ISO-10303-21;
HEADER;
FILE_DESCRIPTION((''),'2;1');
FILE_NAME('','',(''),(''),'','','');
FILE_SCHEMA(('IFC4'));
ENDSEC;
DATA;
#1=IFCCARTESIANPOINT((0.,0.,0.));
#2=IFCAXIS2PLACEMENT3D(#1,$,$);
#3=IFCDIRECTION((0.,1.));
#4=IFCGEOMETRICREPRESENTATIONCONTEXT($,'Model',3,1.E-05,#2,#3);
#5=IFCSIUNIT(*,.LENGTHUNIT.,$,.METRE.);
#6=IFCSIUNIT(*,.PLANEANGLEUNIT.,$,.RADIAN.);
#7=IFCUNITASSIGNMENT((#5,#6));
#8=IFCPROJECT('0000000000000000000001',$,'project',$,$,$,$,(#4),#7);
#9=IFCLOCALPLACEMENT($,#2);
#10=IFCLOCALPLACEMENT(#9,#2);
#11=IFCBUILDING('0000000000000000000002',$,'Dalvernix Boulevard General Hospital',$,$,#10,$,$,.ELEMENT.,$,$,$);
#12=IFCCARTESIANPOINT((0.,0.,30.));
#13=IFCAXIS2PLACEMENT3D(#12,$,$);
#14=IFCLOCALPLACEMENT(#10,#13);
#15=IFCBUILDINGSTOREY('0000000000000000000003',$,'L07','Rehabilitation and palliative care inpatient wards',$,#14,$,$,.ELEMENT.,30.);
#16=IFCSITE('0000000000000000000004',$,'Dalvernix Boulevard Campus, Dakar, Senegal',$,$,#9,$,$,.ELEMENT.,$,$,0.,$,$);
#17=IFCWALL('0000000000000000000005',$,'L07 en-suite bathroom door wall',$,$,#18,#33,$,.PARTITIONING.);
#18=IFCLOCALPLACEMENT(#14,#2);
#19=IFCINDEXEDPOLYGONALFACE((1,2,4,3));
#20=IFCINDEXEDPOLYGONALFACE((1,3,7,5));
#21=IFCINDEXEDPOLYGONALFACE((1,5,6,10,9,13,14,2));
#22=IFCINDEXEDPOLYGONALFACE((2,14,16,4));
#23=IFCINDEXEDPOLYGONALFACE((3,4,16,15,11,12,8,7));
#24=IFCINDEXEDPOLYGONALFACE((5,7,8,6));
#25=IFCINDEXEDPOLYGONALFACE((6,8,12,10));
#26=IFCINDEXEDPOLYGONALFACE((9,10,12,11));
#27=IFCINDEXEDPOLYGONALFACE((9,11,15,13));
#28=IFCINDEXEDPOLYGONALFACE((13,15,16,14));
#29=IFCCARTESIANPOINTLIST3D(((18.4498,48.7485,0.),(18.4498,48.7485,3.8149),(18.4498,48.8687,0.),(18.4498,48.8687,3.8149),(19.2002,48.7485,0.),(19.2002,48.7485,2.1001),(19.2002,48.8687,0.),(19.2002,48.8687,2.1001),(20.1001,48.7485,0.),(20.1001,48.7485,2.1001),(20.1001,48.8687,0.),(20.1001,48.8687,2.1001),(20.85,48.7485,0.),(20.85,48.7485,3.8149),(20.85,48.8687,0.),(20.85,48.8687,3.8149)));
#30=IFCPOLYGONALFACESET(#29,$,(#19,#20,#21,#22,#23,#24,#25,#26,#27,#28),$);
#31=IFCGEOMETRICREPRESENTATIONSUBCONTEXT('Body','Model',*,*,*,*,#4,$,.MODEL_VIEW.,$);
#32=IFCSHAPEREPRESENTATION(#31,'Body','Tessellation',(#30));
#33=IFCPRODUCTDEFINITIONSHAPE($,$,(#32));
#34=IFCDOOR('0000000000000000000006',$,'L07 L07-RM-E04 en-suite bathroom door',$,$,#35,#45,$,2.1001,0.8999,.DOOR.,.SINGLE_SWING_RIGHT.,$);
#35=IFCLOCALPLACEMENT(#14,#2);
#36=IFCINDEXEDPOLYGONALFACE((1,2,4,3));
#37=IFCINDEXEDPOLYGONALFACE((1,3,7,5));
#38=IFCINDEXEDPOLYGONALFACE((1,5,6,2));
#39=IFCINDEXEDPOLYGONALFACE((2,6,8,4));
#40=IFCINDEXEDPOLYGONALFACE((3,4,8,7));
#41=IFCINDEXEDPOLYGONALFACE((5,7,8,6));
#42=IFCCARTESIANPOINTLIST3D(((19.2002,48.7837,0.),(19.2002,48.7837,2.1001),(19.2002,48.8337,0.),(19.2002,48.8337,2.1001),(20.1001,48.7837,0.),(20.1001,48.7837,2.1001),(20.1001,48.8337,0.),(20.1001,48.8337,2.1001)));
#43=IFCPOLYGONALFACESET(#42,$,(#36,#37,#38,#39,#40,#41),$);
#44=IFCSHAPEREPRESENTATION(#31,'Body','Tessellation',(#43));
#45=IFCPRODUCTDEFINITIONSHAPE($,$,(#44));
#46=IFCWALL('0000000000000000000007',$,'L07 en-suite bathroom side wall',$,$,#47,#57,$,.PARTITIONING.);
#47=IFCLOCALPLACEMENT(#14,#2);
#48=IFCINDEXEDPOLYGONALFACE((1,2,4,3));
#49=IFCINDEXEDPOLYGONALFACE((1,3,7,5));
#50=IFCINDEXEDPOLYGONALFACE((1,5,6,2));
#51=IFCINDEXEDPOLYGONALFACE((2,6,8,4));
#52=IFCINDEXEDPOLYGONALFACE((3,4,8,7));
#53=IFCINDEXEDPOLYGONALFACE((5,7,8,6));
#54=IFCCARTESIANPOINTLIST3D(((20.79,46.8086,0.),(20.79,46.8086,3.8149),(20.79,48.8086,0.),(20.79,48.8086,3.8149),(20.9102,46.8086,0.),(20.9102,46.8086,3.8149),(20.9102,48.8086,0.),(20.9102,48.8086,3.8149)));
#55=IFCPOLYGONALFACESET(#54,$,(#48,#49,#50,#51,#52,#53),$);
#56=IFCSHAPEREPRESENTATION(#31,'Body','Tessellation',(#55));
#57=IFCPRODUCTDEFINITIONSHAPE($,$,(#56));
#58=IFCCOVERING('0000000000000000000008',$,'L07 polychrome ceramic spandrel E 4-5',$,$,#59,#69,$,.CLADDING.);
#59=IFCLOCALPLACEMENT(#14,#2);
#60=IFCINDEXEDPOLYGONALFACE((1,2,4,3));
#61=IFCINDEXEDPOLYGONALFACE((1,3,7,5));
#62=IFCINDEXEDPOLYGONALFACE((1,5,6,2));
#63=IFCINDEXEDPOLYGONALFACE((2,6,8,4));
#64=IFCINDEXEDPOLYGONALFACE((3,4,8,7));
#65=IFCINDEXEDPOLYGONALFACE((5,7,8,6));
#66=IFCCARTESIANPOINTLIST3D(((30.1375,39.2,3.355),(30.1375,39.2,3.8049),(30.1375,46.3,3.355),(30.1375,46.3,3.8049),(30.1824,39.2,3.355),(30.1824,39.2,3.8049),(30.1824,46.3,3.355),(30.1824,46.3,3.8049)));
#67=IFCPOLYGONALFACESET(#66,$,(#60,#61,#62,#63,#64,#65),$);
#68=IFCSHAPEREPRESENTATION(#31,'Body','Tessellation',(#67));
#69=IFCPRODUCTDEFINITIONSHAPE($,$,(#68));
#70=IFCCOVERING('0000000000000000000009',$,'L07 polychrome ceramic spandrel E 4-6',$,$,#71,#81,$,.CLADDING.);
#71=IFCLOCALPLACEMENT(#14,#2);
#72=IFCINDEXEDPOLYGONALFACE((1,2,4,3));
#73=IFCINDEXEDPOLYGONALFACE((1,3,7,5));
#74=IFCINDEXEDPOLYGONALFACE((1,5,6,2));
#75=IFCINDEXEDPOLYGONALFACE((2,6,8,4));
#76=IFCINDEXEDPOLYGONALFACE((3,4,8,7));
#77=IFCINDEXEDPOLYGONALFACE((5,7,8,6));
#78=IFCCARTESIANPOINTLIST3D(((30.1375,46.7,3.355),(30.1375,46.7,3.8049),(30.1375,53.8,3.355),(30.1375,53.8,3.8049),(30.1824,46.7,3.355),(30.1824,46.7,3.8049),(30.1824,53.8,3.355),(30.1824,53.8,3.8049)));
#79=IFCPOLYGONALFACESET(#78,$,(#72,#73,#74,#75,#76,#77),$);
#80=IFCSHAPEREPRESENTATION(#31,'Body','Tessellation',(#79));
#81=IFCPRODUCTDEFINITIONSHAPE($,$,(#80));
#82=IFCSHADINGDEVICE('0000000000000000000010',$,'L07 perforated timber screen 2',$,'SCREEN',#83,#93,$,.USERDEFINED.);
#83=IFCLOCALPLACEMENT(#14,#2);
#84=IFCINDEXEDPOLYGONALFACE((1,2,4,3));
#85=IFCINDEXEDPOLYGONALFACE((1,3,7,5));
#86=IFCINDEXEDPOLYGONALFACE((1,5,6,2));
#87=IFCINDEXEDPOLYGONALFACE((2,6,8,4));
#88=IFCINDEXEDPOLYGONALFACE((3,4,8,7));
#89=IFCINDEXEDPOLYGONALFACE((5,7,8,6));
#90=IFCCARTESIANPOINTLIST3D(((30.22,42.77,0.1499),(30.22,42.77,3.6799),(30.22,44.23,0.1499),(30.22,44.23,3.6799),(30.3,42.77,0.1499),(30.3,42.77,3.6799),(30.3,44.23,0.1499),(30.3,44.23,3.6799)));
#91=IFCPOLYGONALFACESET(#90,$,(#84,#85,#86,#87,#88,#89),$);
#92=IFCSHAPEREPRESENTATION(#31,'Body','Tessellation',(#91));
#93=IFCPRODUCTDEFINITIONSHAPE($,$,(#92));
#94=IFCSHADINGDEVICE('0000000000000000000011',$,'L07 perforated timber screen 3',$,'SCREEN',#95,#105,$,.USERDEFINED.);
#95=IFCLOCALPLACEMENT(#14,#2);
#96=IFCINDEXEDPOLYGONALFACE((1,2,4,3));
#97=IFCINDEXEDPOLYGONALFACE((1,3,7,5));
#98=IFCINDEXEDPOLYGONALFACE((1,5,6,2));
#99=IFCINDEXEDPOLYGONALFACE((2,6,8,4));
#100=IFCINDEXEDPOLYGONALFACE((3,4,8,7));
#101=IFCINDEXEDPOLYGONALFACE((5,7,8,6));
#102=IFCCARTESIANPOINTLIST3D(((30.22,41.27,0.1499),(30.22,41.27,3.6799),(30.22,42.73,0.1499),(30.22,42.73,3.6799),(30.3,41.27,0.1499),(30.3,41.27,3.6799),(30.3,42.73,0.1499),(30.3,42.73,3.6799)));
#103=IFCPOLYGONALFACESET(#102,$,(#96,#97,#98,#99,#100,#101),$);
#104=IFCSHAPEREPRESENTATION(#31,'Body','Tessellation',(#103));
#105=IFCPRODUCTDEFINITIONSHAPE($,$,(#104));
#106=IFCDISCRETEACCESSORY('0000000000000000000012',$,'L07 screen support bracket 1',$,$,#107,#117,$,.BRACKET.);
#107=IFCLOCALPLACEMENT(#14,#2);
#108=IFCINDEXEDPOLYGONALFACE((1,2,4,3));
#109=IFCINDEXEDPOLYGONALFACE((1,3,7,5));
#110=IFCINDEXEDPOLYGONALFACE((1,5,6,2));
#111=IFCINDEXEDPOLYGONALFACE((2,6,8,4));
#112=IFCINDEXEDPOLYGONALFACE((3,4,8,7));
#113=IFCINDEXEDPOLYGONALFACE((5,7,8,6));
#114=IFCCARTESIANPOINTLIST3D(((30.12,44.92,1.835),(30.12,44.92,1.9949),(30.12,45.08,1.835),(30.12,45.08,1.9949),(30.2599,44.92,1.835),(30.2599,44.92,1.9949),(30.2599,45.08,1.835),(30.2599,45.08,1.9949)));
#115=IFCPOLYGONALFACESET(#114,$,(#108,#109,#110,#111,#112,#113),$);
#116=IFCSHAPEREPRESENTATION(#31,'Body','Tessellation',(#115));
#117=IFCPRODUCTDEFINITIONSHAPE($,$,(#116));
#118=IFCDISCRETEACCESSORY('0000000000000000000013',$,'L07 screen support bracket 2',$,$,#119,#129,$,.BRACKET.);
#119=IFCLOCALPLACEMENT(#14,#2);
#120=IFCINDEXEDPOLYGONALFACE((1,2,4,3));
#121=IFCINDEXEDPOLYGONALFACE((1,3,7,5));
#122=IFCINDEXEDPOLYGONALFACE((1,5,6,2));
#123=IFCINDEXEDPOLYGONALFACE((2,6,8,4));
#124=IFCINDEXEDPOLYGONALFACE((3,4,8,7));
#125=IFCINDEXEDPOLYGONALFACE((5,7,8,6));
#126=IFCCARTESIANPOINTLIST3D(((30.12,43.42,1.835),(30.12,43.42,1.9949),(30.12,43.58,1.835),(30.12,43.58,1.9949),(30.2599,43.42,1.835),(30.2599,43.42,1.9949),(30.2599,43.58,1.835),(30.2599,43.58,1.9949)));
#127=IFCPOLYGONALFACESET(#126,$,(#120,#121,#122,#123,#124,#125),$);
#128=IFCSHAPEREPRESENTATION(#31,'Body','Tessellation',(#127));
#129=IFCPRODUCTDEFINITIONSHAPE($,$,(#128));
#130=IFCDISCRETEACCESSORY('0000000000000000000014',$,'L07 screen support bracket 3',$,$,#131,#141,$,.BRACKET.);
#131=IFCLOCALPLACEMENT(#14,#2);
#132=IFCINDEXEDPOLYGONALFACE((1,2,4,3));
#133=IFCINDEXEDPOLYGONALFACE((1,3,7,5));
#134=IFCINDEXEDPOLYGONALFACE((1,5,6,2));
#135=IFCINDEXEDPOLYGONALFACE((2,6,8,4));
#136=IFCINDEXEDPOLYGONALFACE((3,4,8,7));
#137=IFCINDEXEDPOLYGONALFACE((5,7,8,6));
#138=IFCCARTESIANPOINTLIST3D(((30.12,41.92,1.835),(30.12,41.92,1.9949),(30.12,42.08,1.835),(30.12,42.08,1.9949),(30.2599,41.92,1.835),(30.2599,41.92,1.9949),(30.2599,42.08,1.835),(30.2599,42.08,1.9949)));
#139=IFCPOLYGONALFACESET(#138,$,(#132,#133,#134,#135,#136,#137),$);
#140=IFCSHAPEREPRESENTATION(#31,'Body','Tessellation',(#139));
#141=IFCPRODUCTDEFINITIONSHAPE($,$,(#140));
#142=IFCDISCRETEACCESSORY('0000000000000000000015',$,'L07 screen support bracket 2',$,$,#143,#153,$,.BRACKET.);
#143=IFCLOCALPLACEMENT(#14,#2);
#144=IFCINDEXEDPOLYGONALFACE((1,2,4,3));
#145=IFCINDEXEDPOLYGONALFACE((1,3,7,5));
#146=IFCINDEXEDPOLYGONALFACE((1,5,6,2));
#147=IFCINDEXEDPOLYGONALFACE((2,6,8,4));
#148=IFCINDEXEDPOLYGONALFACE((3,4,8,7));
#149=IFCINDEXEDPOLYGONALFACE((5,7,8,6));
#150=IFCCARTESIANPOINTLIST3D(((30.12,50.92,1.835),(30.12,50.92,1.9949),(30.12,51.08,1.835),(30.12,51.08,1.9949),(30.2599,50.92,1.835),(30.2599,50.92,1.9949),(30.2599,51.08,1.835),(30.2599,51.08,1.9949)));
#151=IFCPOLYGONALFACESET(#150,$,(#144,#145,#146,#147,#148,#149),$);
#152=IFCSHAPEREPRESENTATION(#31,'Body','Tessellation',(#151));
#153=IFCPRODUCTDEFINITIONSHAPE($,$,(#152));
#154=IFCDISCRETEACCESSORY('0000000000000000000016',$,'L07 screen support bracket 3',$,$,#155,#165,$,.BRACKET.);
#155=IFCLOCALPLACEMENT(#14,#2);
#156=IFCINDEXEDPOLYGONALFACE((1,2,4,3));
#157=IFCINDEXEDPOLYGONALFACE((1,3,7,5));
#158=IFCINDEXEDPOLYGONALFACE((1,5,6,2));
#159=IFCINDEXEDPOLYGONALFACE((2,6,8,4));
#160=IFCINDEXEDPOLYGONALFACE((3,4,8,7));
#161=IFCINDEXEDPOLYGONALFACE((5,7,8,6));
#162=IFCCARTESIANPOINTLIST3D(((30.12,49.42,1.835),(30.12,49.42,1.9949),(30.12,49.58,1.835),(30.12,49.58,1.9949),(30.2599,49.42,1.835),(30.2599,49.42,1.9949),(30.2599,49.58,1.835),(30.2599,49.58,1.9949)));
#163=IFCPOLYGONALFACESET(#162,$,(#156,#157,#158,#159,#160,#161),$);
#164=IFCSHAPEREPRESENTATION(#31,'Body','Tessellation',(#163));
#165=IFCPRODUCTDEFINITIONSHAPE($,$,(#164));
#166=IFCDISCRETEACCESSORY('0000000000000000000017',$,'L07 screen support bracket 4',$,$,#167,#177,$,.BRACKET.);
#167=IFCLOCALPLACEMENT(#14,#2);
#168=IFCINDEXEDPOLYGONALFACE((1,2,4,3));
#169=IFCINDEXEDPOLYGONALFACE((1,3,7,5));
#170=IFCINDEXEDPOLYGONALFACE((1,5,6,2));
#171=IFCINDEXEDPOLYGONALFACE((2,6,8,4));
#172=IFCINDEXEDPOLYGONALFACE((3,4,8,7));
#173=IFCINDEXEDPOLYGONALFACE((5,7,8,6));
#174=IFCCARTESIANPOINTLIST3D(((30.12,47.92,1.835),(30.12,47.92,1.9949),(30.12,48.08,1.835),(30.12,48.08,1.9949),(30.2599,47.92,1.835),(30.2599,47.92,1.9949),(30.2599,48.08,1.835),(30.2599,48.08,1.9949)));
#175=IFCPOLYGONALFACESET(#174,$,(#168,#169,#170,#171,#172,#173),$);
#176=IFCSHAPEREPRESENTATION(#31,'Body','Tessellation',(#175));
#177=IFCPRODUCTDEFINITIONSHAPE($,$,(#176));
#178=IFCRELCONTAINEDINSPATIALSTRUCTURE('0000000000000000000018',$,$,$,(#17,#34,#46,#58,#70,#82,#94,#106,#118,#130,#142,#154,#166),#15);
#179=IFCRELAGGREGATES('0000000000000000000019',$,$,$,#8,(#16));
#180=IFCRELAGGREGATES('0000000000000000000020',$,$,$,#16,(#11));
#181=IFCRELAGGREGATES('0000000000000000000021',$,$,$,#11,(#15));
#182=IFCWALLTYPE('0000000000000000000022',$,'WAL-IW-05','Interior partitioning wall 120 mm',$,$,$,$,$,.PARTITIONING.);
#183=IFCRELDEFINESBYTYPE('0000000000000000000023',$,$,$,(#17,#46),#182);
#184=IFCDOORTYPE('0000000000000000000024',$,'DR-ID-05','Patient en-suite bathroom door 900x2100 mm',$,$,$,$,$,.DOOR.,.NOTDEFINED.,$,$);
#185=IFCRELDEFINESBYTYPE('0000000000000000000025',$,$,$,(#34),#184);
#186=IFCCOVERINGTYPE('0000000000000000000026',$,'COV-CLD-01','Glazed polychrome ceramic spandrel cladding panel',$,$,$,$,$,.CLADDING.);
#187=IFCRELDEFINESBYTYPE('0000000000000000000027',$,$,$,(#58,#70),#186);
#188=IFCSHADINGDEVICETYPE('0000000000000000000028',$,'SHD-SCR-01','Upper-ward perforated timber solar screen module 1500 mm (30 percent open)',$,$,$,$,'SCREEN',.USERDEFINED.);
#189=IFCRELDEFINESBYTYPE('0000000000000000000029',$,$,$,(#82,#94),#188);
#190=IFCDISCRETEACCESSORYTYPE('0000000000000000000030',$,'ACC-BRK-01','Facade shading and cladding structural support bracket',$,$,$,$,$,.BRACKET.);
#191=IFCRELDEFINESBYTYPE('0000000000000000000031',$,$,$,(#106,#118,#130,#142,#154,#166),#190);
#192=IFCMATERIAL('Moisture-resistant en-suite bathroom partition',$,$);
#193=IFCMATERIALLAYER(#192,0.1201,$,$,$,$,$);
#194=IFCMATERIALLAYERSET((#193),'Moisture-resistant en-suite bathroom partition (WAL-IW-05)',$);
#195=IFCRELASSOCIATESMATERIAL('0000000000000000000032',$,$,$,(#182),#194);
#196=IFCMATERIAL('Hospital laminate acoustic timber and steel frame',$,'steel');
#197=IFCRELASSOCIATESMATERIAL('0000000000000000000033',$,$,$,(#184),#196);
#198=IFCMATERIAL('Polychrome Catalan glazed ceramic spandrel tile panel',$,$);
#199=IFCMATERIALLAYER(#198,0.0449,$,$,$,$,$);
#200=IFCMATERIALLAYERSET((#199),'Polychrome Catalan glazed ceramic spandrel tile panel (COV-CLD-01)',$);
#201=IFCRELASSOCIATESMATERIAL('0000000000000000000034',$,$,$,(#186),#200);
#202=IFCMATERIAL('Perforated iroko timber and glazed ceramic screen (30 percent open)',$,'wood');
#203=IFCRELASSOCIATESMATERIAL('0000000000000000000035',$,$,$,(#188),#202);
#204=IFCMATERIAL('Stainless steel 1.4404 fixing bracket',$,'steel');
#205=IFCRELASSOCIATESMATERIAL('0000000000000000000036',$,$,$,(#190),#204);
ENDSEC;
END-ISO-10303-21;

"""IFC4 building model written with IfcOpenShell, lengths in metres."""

from ifc_helpers import new_model, si_unit, direction, frame, frame_2d, origin, origin_2d, place, context, subcontext, project, spatial, rectangle, extrude, material, layer, layer_set, type_object, element, fill, save


model = new_model("IFC4")

# Units and contexts
model_context = context("Model", 3, precision=1e-05, world=origin(), true_north=direction((0.0, 1.0)))
body_context = subcontext(model_context, "Body", "Model", "MODEL_VIEW")
ifc_project = project(units=[si_unit("LENGTHUNIT", "METRE"), si_unit("PLANEANGLEUNIT", "RADIAN")], contexts=[model_context])

# Site, building, storey
site_placement = place(None, origin())
site = spatial("IfcSite", under=ifc_project, at=site_placement, Name="Dalvernix Boulevard Campus, Dakar, Senegal", CompositionType="ELEMENT", RefElevation=0.0)
building_placement = place(site_placement, origin())
building = spatial("IfcBuilding", under=site, at=building_placement, Name="Dalvernix Boulevard General Hospital", CompositionType="ELEMENT")
storey_placement = place(building_placement, frame((0.0, 0.0, 30.0)))
storey = spatial("IfcBuildingStorey", under=building, at=storey_placement, Name="L07", Description="Rehabilitation and palliative care inpatient wards", CompositionType="ELEMENT", Elevation=30.0)

# Shared definitions
ifc_material_1 = material(Name="Hospital laminate acoustic timber and steel frame", Category="steel")

# Wall, opening, door
ifc_material_2 = material(Name="Moisture-resistant en-suite bathroom partition")
ifc_layer_1 = layer(ifc_material_2, 0.1201)
ifc_layer_set_1 = layer_set([ifc_layer_1], Name="Moisture-resistant en-suite bathroom partition (WAL-IW-05)")
wall_type_1 = type_object("IfcWallType", Name="WAL-IW-05", Description="Interior partitioning wall 120 mm", PredefinedType="PARTITIONING", material=ifc_layer_set_1)
wall_1_placement = place(storey_placement, frame((20.8501, 48.8086, 0.0), z_axis=(0.0, 0.0, 1.0), x_axis=(-1.0, 0.0, 0.0)))
wall_1 = element("IfcWall", 1, at=wall_1_placement, inside=storey, type_object=wall_type_1, Name="L07 en-suite bathroom door wall", PredefinedType="PARTITIONING", context=body_context, shape_type="SweptSolid", body=[
    extrude(rectangle(XDim=2.4001, YDim=0.1201, at=frame_2d((1.2002, 0.0))), origin(), (0.0, 0.0, 1.0), 3.8149),
])
opening_1_placement = place(wall_1_placement, frame((0.75, 0.0, 0.0)))
opening_1 = element("IfcOpeningElement", 2, at=opening_1_placement, cuts=wall_1, PredefinedType="OPENING", context=body_context, shape_type="SweptSolid", body=[
    extrude(rectangle(XDim=0.8999, YDim=2.1001, at=frame_2d((0.45, 1.05))), frame((0.0, 0.0701, 0.0), z_axis=(0.0, -1.0, 0.0), x_axis=(1.0, 0.0, 0.0)), (0.0, 0.0, 1.0), 0.1401),
])
door_type_1 = type_object("IfcDoorType", Name="DR-ID-05", Description="Patient en-suite bathroom door 900x2100 mm", OperationType="NOTDEFINED", PredefinedType="DOOR", material=ifc_material_1)
door_1_placement = place(opening_1_placement, origin())
door_1 = element("IfcDoor", 3, at=door_1_placement, inside=storey, type_object=door_type_1, Name="L07 L07-RM-E04 en-suite bathroom door", OperationType="SINGLE_SWING_RIGHT", OverallHeight=2.1001, OverallWidth=0.8999, PredefinedType="DOOR", context=body_context, shape_type="SweptSolid", body=[
    extrude(rectangle(XDim=0.8999, YDim=2.1001, at=frame_2d((0.45, 1.05))), frame((0.0, 0.0249, 0.0), z_axis=(0.0, -1.0, 0.0), x_axis=(1.0, 0.0, 0.0)), (0.0, 0.0, 1.0), 0.05),
])
fill(opening_1, door_1)

# Wall
wall_2_placement = place(storey_placement, frame((20.8501, 46.8086, 0.0), z_axis=(0.0, 0.0, 1.0), x_axis=(0.0, 1.0, 0.0)))
element("IfcWall", 4, at=wall_2_placement, inside=storey, type_object=wall_type_1, Name="L07 en-suite bathroom side wall", PredefinedType="PARTITIONING", context=body_context, shape_type="SweptSolid", body=[
    extrude(rectangle(XDim=2.0, YDim=0.1201, at=frame_2d((1.0, 0.0))), origin(), (0.0, 0.0, 1.0), 3.8149),
])

# Coverings
ifc_material_3 = material(Name="Polychrome Catalan glazed ceramic spandrel tile panel")
ifc_layer_2 = layer(ifc_material_3, 0.0449)
ifc_layer_set_2 = layer_set([ifc_layer_2], Name="Polychrome Catalan glazed ceramic spandrel tile panel (COV-CLD-01)")
covering_type = type_object("IfcCoveringType", Name="COV-CLD-01", Description="Glazed polychrome ceramic spandrel cladding panel", PredefinedType="CLADDING", material=ifc_layer_set_2)
for number, where, z_axis, x_axis, name in (
    (5, (30.1599, 42.75, 3.355), (0.0, 0.0, 1.0), (0.0, -1.0, 0.0), "L07 polychrome ceramic spandrel E 4-5"),
    (6, (30.1599, 50.25, 3.355), (0.0, 0.0, 1.0), (0.0, -1.0, 0.0), "L07 polychrome ceramic spandrel E 4-6"),
):
    element("IfcCovering", number, at=place(storey_placement, frame(where, z_axis=z_axis, x_axis=x_axis)), inside=storey, type_object=covering_type, Name=name, PredefinedType="CLADDING", context=body_context, shape_type="SweptSolid", body=[
        extrude(rectangle(XDim=7.1001, YDim=0.0449, at=origin_2d()), origin(), (0.0, 0.0, 1.0), 0.45),
    ])

# Shading devices
ifc_material_4 = material(Name="Perforated iroko timber and glazed ceramic screen (30 percent open)", Category="wood")
shading_device_type = type_object("IfcShadingDeviceType", Name="SHD-SCR-01", Description="Upper-ward perforated timber solar screen module 1500 mm (30 percent open)", ElementType="SCREEN", PredefinedType="USERDEFINED", material=ifc_material_4)
for number, where, z_axis, x_axis, name in (
    (7, (30.26, 43.5, 0.1499), (0.0, 0.0, 1.0), (0.0, -1.0, 0.0), "L07 perforated timber screen 2"),
    (8, (30.26, 42.0, 0.1499), (0.0, 0.0, 1.0), (0.0, -1.0, 0.0), "L07 perforated timber screen 3"),
):
    element("IfcShadingDevice", number, at=place(storey_placement, frame(where, z_axis=z_axis, x_axis=x_axis)), inside=storey, type_object=shading_device_type, Name=name, ObjectType="SCREEN", PredefinedType="USERDEFINED", context=body_context, shape_type="SweptSolid", body=[
        extrude(rectangle(XDim=1.46, YDim=0.0801, at=origin_2d()), origin(), (0.0, 0.0, 1.0), 3.53),
    ])

# Discrete accessories
ifc_material_5 = material(Name="Stainless steel 1.4404 fixing bracket", Category="steel")
discrete_accessory_type = type_object("IfcDiscreteAccessoryType", Name="ACC-BRK-01", Description="Facade shading and cladding structural support bracket", PredefinedType="BRACKET", material=ifc_material_5)
for number, where, z_axis, x_axis, name in (
    (9, (30.1899, 45.0, 1.835), (0.0, 0.0, 1.0), (0.0, -1.0, 0.0), "L07 screen support bracket 1"),
    (10, (30.1899, 43.5, 1.835), (0.0, 0.0, 1.0), (0.0, -1.0, 0.0), "L07 screen support bracket 2"),
    (11, (30.1899, 42.0, 1.835), (0.0, 0.0, 1.0), (0.0, -1.0, 0.0), "L07 screen support bracket 3"),
    (12, (30.1899, 51.0, 1.835), (0.0, 0.0, 1.0), (0.0, -1.0, 0.0), "L07 screen support bracket 2"),
    (13, (30.1899, 49.5, 1.835), (0.0, 0.0, 1.0), (0.0, -1.0, 0.0), "L07 screen support bracket 3"),
    (14, (30.1899, 48.0, 1.835), (0.0, 0.0, 1.0), (0.0, -1.0, 0.0), "L07 screen support bracket 4"),
):
    element("IfcDiscreteAccessory", number, at=place(storey_placement, frame(where, z_axis=z_axis, x_axis=x_axis)), inside=storey, type_object=discrete_accessory_type, Name=name, PredefinedType="BRACKET", context=body_context, shape_type="SweptSolid", body=[
        extrude(rectangle(XDim=0.1599, YDim=0.1399, at=origin_2d()), origin(), (0.0, 0.0, 1.0), 0.1599),
    ])

save(model, "model.ifc")
